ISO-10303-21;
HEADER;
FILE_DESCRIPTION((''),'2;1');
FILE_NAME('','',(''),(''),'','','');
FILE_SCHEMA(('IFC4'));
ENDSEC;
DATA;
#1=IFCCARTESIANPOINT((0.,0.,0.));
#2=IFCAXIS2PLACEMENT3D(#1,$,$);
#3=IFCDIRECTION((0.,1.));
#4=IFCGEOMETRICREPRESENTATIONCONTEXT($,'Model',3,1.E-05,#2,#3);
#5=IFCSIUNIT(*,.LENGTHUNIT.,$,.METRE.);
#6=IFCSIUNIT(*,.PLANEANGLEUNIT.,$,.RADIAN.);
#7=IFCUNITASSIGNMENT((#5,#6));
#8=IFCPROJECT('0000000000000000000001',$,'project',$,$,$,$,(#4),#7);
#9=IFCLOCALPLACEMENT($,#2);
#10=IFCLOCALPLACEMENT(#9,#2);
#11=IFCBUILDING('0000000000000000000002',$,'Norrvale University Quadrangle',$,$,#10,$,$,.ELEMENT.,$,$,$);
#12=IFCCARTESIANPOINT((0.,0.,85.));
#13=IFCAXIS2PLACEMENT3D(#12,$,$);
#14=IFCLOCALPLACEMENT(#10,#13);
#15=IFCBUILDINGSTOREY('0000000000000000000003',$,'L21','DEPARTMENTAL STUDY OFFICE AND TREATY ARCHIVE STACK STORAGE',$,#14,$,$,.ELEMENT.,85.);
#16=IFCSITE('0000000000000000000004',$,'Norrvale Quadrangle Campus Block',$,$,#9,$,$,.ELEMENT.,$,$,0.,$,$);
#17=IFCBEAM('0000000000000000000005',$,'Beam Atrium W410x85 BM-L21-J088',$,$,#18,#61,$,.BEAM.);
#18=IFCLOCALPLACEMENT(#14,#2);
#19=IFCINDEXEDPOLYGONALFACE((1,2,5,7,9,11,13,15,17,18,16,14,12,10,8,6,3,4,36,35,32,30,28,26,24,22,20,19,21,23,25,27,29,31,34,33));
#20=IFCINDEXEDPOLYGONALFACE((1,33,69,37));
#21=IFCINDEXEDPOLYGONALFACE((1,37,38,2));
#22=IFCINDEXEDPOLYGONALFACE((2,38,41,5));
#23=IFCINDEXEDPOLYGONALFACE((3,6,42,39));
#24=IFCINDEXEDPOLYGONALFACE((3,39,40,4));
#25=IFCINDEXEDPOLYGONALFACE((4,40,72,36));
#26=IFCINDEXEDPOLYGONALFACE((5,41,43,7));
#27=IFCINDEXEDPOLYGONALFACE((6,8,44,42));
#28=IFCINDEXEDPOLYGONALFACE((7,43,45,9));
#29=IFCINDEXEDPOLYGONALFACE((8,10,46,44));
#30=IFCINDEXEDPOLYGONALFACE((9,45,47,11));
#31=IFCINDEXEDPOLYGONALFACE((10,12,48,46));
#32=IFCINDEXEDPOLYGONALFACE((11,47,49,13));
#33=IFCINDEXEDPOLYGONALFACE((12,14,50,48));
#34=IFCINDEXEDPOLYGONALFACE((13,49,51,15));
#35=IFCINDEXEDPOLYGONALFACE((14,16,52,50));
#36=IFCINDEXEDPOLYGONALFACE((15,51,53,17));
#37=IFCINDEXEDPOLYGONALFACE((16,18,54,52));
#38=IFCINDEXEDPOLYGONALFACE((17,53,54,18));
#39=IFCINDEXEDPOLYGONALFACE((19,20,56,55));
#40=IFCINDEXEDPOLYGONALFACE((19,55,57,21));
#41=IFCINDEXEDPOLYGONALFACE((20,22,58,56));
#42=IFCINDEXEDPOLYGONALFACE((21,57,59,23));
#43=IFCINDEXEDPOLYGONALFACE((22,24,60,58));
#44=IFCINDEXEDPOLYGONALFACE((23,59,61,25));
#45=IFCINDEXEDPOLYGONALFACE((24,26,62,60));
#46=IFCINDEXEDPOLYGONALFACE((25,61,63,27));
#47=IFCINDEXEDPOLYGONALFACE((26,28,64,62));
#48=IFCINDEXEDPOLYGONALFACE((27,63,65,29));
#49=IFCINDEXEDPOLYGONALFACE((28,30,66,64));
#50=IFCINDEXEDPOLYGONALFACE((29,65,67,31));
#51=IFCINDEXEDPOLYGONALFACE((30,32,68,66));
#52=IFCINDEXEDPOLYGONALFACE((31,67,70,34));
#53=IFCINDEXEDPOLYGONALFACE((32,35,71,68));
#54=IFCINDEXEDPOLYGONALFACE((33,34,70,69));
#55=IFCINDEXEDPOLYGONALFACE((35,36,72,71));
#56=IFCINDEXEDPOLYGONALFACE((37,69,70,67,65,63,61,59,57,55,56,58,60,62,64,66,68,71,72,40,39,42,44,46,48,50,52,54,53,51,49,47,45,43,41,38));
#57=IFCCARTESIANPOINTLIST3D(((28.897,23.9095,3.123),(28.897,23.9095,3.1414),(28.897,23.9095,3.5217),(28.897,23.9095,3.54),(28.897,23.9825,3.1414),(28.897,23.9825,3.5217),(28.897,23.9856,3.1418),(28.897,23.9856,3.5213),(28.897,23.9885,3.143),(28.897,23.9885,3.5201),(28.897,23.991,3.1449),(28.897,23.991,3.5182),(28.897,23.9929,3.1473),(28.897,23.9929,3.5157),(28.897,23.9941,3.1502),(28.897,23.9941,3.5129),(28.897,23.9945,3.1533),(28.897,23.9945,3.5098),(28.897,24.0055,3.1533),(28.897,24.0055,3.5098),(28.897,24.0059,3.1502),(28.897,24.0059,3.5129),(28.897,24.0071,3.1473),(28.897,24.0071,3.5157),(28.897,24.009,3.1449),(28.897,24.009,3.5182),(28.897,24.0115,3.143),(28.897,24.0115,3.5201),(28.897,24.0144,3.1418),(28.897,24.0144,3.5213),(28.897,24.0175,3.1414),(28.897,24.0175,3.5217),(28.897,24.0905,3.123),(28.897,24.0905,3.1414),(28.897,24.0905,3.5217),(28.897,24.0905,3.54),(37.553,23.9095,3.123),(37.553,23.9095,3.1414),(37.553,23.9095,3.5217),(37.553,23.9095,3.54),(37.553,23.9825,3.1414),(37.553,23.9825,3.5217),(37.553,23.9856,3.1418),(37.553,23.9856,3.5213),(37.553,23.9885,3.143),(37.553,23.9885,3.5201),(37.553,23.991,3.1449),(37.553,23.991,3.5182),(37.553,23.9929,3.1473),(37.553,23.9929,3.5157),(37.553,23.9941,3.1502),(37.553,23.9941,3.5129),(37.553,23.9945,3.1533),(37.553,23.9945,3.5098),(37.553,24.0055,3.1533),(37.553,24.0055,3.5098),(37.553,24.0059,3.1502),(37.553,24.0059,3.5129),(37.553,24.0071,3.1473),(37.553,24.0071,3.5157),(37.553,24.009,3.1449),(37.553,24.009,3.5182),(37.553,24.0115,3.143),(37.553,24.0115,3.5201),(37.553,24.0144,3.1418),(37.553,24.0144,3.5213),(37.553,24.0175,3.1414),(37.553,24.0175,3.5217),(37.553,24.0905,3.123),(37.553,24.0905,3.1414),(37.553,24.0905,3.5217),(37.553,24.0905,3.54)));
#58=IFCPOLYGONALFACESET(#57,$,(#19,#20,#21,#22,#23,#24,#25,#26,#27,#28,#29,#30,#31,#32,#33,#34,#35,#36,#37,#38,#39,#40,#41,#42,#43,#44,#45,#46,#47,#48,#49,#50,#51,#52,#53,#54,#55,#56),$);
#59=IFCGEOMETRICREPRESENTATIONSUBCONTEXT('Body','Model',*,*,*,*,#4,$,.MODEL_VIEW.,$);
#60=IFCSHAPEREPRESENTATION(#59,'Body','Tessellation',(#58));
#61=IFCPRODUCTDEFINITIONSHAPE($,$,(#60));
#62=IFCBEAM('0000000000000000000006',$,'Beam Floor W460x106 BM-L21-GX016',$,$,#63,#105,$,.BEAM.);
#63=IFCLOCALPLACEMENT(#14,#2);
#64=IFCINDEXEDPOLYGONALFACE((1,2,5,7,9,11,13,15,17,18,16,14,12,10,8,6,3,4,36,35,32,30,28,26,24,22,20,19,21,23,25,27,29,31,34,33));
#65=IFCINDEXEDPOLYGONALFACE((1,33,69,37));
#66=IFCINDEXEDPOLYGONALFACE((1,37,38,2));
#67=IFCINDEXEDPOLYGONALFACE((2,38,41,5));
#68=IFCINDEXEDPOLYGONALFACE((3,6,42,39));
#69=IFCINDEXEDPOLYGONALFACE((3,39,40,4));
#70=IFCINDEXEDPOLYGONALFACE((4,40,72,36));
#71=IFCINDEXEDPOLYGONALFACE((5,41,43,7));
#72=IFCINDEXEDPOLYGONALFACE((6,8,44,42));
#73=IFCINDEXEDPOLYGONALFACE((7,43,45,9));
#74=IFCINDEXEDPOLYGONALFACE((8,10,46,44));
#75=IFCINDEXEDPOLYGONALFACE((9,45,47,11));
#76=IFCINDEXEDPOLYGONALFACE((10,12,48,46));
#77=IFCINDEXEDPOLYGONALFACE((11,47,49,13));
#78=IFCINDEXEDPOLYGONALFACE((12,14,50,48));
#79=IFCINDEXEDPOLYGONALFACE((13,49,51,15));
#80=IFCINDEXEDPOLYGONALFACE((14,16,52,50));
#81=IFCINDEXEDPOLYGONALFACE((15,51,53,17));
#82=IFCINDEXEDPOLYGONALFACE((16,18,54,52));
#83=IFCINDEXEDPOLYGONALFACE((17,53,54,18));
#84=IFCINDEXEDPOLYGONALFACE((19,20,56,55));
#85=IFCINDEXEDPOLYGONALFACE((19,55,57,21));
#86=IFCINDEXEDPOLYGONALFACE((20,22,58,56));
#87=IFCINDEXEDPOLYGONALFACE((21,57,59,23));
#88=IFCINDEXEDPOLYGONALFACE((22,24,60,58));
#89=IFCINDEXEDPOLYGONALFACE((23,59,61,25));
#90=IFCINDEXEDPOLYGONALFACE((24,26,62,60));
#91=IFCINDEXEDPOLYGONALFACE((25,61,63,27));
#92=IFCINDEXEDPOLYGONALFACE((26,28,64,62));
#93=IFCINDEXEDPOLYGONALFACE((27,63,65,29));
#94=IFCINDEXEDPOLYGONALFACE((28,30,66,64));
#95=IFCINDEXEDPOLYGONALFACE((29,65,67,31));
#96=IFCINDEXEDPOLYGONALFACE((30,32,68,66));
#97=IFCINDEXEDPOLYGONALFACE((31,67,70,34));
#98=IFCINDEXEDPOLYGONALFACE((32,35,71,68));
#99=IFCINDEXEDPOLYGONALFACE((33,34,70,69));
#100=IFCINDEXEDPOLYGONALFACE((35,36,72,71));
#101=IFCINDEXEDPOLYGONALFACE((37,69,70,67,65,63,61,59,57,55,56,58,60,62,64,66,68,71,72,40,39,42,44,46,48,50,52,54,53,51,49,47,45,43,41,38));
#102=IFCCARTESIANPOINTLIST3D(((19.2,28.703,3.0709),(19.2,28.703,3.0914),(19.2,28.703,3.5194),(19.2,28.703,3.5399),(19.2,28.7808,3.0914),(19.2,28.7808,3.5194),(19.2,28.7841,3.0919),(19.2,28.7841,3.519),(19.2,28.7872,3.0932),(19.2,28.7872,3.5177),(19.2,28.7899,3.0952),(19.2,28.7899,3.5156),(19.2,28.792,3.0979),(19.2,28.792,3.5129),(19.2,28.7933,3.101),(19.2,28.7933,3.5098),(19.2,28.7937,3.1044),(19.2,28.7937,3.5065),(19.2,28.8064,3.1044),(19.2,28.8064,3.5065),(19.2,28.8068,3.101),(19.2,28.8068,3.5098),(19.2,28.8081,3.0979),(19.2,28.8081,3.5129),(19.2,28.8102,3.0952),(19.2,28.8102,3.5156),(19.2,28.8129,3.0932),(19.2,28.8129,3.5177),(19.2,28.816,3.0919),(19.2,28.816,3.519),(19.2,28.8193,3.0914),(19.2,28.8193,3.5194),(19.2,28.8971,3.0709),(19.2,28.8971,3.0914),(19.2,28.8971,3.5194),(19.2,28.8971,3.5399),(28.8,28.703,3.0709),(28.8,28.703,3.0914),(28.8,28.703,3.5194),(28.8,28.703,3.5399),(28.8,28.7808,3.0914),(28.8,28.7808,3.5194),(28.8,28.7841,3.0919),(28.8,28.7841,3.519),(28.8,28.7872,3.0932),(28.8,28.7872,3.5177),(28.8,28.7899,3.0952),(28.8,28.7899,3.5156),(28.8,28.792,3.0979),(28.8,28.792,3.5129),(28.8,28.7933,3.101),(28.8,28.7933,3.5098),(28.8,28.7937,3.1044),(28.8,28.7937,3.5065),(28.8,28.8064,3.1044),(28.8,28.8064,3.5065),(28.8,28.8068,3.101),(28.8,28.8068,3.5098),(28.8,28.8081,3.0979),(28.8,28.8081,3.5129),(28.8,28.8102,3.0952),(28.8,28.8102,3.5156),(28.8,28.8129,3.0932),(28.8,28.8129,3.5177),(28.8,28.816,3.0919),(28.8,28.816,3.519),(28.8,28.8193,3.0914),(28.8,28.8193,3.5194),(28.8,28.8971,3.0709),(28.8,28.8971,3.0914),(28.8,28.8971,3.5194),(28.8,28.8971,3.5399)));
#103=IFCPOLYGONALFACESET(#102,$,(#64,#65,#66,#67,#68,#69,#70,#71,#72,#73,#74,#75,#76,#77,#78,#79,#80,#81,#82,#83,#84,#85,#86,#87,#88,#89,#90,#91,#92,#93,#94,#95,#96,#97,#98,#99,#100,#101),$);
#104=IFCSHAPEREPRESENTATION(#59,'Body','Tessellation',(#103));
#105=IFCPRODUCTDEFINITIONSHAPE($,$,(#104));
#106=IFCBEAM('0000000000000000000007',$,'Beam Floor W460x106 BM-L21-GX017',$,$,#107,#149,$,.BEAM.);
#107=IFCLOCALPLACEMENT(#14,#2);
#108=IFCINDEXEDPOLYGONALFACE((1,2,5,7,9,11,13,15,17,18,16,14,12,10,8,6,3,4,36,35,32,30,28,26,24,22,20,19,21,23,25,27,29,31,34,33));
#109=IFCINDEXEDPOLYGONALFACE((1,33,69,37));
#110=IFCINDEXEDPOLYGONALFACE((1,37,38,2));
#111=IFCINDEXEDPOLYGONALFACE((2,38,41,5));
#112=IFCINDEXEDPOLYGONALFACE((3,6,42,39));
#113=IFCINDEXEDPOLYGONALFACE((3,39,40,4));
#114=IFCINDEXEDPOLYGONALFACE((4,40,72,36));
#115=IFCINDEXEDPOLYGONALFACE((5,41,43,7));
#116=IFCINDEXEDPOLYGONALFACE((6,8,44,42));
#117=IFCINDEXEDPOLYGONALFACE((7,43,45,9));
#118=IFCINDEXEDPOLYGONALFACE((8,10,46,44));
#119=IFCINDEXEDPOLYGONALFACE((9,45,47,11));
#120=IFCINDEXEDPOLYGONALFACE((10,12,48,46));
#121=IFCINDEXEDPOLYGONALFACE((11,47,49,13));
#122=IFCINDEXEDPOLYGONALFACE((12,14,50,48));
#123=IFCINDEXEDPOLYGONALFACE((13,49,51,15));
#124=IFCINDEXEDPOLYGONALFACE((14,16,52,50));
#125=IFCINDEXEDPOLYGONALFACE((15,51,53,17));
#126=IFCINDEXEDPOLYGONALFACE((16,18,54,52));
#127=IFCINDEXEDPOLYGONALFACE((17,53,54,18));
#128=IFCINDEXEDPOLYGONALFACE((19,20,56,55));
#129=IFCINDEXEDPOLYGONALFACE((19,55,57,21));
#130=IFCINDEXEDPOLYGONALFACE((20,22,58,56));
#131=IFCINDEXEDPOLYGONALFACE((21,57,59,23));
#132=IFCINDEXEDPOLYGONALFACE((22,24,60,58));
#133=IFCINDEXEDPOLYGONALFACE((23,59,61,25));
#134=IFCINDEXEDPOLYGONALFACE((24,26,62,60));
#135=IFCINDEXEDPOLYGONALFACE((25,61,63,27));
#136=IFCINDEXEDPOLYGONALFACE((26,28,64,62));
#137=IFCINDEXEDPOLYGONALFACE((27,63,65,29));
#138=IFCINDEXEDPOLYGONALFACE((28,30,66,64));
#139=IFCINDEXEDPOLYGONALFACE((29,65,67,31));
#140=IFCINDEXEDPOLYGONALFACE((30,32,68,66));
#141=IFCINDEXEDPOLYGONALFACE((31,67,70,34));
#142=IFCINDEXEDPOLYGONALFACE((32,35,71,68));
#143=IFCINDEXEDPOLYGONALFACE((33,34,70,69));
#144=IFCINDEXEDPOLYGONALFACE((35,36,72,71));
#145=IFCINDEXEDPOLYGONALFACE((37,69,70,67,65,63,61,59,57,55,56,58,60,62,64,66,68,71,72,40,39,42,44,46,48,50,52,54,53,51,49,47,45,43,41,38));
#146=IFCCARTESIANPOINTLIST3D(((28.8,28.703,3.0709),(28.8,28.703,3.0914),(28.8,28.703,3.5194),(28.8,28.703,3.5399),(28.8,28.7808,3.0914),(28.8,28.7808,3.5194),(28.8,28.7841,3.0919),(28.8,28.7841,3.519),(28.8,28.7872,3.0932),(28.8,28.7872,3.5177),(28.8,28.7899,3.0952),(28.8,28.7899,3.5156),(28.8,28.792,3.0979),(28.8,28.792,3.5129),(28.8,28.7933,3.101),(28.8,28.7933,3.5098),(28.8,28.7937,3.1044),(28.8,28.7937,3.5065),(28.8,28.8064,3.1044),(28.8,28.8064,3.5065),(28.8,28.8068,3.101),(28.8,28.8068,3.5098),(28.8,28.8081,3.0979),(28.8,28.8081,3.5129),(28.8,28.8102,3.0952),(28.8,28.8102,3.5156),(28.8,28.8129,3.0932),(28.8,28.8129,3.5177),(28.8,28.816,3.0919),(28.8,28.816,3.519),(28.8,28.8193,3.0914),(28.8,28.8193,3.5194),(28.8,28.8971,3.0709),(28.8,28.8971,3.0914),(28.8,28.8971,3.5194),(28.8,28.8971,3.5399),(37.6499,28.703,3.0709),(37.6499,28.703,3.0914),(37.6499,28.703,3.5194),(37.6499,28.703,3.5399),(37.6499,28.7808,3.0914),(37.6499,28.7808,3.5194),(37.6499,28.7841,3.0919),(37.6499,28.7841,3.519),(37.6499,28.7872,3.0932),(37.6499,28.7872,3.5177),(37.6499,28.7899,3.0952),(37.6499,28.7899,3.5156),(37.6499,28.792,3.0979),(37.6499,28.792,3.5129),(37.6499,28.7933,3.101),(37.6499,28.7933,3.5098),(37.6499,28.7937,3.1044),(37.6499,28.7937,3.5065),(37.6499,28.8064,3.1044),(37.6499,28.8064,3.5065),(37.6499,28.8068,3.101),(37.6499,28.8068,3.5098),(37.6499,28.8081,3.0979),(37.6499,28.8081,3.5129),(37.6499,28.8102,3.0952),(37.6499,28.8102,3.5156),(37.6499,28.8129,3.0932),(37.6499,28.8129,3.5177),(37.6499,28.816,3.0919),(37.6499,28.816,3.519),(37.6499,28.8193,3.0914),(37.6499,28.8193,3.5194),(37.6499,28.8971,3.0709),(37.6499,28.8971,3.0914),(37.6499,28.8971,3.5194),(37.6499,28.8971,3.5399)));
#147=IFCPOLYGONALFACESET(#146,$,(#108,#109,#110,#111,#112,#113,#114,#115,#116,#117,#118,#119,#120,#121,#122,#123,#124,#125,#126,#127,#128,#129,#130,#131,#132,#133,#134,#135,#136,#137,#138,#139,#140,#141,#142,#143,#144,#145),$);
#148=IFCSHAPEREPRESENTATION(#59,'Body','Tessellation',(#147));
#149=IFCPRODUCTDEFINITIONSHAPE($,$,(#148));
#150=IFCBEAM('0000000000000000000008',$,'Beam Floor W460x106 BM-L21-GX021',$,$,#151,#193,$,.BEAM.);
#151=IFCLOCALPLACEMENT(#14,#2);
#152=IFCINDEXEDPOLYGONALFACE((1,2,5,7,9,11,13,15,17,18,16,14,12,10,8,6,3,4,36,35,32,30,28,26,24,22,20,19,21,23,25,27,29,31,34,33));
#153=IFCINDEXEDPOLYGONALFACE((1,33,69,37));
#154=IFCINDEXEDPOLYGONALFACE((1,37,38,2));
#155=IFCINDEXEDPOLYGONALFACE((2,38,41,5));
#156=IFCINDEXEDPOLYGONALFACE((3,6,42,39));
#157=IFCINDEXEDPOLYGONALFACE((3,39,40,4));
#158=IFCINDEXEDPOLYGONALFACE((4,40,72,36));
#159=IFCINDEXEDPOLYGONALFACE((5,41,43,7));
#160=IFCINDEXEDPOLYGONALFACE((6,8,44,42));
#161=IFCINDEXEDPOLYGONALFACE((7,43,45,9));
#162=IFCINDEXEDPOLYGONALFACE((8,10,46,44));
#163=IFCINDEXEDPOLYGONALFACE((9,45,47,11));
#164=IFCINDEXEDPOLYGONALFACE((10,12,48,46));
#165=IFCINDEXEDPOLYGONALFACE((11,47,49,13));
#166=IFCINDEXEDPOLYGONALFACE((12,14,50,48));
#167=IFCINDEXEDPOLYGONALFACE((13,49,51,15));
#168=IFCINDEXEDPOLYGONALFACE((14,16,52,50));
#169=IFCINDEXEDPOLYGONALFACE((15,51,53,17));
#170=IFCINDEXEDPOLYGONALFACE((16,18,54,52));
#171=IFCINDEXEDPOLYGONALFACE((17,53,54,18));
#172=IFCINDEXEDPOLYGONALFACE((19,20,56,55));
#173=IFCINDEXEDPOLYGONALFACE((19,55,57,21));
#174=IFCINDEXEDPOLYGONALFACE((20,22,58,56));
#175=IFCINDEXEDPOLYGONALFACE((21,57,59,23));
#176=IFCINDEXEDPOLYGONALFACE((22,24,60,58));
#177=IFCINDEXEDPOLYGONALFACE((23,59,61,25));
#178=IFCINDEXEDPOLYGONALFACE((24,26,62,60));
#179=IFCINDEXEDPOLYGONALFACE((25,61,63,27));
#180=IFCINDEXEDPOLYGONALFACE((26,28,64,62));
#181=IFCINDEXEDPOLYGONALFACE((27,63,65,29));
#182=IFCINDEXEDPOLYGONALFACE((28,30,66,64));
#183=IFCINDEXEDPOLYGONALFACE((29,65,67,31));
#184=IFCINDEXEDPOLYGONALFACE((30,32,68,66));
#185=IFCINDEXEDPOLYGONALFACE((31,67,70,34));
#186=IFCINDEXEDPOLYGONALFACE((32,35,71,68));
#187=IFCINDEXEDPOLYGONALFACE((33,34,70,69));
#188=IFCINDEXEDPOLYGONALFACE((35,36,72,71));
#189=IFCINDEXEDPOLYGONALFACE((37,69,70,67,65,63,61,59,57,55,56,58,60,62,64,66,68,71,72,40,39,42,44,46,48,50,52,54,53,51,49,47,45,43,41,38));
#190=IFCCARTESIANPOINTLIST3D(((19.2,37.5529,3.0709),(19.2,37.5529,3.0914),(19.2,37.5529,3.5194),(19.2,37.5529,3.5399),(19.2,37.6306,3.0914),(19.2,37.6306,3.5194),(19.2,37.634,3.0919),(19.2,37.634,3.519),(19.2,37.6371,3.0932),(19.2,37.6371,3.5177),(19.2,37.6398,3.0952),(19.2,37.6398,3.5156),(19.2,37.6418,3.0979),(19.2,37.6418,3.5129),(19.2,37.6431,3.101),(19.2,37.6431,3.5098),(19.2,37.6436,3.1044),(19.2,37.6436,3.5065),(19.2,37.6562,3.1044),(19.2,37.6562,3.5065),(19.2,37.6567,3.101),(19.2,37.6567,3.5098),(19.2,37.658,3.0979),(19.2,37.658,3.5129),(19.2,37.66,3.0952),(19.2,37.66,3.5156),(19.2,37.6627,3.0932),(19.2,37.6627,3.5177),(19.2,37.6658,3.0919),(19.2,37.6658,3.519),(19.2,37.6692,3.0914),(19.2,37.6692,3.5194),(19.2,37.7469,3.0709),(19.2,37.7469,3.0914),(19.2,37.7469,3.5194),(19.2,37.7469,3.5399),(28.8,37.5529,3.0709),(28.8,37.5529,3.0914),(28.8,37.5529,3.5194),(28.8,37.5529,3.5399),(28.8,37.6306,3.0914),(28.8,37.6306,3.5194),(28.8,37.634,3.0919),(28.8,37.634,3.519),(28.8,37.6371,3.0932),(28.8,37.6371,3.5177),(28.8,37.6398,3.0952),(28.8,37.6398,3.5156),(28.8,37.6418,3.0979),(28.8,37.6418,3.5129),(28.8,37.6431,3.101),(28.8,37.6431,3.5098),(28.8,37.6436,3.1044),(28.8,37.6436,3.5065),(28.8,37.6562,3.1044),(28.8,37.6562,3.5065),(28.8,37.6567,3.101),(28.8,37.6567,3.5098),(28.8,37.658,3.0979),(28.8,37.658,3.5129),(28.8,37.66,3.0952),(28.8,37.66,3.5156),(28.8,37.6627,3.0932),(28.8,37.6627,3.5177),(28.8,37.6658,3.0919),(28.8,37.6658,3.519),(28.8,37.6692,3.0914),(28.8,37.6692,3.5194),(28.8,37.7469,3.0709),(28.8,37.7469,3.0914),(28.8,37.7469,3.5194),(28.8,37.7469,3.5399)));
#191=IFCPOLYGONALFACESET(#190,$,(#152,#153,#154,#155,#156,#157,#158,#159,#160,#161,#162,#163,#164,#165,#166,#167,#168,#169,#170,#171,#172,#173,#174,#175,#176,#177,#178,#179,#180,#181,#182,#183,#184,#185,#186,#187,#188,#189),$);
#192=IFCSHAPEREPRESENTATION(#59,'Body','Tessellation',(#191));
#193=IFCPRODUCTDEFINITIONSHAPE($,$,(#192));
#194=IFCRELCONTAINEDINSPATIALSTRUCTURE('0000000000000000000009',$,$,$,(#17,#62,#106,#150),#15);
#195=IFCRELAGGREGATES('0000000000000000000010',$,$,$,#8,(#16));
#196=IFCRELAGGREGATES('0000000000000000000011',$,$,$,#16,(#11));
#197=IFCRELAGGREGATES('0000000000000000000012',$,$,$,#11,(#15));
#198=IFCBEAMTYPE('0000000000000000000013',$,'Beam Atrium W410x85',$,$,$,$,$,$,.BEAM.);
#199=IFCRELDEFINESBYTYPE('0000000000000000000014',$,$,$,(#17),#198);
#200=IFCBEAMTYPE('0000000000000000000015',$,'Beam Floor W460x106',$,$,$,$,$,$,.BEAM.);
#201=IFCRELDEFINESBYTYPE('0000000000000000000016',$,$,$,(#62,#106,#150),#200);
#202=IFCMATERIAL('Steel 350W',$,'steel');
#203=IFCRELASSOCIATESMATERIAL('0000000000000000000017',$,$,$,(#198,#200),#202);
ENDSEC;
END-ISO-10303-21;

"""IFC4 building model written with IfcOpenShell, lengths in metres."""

from ifc_helpers import new_model, si_unit, direction, frame, origin, origin_2d, place, context, subcontext, project, spatial, i_section, extrude, material, material_profile, profile_set, type_object, element, save


model = new_model("IFC4")

# Units and contexts
model_context = context("Model", 3, precision=1e-05, world=origin(), true_north=direction((0.0, 1.0)))
body_context = subcontext(model_context, "Body", "Model", "MODEL_VIEW")
ifc_project = project(units=[si_unit("LENGTHUNIT", "METRE"), si_unit("PLANEANGLEUNIT", "RADIAN")], contexts=[model_context])

# Site, building, storey
site_placement = place(None, origin())
site = spatial("IfcSite", under=ifc_project, at=site_placement, Name="Norrvale Quadrangle Campus Block", CompositionType="ELEMENT", RefElevation=0.0)
building_placement = place(site_placement, origin())
building = spatial("IfcBuilding", under=site, at=building_placement, Name="Norrvale University Quadrangle", CompositionType="ELEMENT")
storey_placement = place(building_placement, frame((0.0, 0.0, 85.0)))
storey = spatial("IfcBuildingStorey", under=building, at=storey_placement, Name="L21", Description="DEPARTMENTAL STUDY OFFICE AND TREATY ARCHIVE STACK STORAGE", CompositionType="ELEMENT", Elevation=85.0)

# Beams
ifc_material_1 = material(Name="Steel 350W", Category="steel")
ifc_material_profile_1 = material_profile(ifc_material_1, i_section(OverallWidth=0.1809, OverallDepth=0.417, WebThickness=0.011, FlangeThickness=0.0183, FilletRadius=0.012, at=origin_2d()), Name="Steel 350W")
ifc_profile_set_1 = profile_set([ifc_material_profile_1], Name="Steel 350W")
beam_type_1 = type_object("IfcBeamType", Name="Beam Atrium W410x85", PredefinedType="BEAM", material=ifc_profile_set_1)
beam_1_placement = place(storey_placement, frame((28.897, 24.0, 3.3315), z_axis=(1.0, 0.0, 0.0), x_axis=(0.0, 1.0, 0.0)))
element("IfcBeam", 1, at=beam_1_placement, inside=storey, type_object=beam_type_1, Name="Beam Atrium W410x85 BM-L21-J088", PredefinedType="BEAM", context=body_context, shape_type="SweptSolid", body=[
    extrude(i_section(OverallWidth=0.1809, OverallDepth=0.417, WebThickness=0.011, FlangeThickness=0.0183, FilletRadius=0.012, at=origin_2d()), origin(), (0.0, 0.0, 1.0), 8.656),
])
ifc_material_profile_2 = material_profile(ifc_material_1, i_section(OverallWidth=0.1941, OverallDepth=0.469, WebThickness=0.0127, FlangeThickness=0.0205, FilletRadius=0.0129, at=origin_2d()), Name="Steel 350W")
ifc_profile_set_2 = profile_set([ifc_material_profile_2], Name="Steel 350W")
beam_type_2 = type_object("IfcBeamType", Name="Beam Floor W460x106", PredefinedType="BEAM", material=ifc_profile_set_2)
beam_2_placement = place(storey_placement, frame((19.2, 28.8, 3.3054), z_axis=(1.0, 0.0, 0.0), x_axis=(0.0, 1.0, 0.0)))
element("IfcBeam", 2, at=beam_2_placement, inside=storey, type_object=beam_type_2, Name="Beam Floor W460x106 BM-L21-GX016", PredefinedType="BEAM", context=body_context, shape_type="SweptSolid", body=[
    extrude(i_section(OverallWidth=0.1941, OverallDepth=0.469, WebThickness=0.0127, FlangeThickness=0.0205, FilletRadius=0.0129, at=origin_2d()), origin(), (0.0, 0.0, 1.0), 9.6001),
])
beam_3_placement = place(storey_placement, frame((28.8, 28.8, 3.3054), z_axis=(1.0, 0.0, 0.0), x_axis=(0.0, 1.0, 0.0)))
element("IfcBeam", 3, at=beam_3_placement, inside=storey, type_object=beam_type_2, Name="Beam Floor W460x106 BM-L21-GX017", PredefinedType="BEAM", context=body_context, shape_type="SweptSolid", body=[
    extrude(i_section(OverallWidth=0.1941, OverallDepth=0.469, WebThickness=0.0127, FlangeThickness=0.0205, FilletRadius=0.0129, at=origin_2d()), origin(), (0.0, 0.0, 1.0), 8.8499),
])
beam_4_placement = place(storey_placement, frame((19.2, 37.6499, 3.3054), z_axis=(1.0, 0.0, 0.0), x_axis=(0.0, 1.0, 0.0)))
element("IfcBeam", 4, at=beam_4_placement, inside=storey, type_object=beam_type_2, Name="Beam Floor W460x106 BM-L21-GX021", PredefinedType="BEAM", context=body_context, shape_type="SweptSolid", body=[
    extrude(i_section(OverallWidth=0.1941, OverallDepth=0.469, WebThickness=0.0127, FlangeThickness=0.0205, FilletRadius=0.0129, at=origin_2d()), origin(), (0.0, 0.0, 1.0), 9.6001),
])

save(model, "model.ifc")
